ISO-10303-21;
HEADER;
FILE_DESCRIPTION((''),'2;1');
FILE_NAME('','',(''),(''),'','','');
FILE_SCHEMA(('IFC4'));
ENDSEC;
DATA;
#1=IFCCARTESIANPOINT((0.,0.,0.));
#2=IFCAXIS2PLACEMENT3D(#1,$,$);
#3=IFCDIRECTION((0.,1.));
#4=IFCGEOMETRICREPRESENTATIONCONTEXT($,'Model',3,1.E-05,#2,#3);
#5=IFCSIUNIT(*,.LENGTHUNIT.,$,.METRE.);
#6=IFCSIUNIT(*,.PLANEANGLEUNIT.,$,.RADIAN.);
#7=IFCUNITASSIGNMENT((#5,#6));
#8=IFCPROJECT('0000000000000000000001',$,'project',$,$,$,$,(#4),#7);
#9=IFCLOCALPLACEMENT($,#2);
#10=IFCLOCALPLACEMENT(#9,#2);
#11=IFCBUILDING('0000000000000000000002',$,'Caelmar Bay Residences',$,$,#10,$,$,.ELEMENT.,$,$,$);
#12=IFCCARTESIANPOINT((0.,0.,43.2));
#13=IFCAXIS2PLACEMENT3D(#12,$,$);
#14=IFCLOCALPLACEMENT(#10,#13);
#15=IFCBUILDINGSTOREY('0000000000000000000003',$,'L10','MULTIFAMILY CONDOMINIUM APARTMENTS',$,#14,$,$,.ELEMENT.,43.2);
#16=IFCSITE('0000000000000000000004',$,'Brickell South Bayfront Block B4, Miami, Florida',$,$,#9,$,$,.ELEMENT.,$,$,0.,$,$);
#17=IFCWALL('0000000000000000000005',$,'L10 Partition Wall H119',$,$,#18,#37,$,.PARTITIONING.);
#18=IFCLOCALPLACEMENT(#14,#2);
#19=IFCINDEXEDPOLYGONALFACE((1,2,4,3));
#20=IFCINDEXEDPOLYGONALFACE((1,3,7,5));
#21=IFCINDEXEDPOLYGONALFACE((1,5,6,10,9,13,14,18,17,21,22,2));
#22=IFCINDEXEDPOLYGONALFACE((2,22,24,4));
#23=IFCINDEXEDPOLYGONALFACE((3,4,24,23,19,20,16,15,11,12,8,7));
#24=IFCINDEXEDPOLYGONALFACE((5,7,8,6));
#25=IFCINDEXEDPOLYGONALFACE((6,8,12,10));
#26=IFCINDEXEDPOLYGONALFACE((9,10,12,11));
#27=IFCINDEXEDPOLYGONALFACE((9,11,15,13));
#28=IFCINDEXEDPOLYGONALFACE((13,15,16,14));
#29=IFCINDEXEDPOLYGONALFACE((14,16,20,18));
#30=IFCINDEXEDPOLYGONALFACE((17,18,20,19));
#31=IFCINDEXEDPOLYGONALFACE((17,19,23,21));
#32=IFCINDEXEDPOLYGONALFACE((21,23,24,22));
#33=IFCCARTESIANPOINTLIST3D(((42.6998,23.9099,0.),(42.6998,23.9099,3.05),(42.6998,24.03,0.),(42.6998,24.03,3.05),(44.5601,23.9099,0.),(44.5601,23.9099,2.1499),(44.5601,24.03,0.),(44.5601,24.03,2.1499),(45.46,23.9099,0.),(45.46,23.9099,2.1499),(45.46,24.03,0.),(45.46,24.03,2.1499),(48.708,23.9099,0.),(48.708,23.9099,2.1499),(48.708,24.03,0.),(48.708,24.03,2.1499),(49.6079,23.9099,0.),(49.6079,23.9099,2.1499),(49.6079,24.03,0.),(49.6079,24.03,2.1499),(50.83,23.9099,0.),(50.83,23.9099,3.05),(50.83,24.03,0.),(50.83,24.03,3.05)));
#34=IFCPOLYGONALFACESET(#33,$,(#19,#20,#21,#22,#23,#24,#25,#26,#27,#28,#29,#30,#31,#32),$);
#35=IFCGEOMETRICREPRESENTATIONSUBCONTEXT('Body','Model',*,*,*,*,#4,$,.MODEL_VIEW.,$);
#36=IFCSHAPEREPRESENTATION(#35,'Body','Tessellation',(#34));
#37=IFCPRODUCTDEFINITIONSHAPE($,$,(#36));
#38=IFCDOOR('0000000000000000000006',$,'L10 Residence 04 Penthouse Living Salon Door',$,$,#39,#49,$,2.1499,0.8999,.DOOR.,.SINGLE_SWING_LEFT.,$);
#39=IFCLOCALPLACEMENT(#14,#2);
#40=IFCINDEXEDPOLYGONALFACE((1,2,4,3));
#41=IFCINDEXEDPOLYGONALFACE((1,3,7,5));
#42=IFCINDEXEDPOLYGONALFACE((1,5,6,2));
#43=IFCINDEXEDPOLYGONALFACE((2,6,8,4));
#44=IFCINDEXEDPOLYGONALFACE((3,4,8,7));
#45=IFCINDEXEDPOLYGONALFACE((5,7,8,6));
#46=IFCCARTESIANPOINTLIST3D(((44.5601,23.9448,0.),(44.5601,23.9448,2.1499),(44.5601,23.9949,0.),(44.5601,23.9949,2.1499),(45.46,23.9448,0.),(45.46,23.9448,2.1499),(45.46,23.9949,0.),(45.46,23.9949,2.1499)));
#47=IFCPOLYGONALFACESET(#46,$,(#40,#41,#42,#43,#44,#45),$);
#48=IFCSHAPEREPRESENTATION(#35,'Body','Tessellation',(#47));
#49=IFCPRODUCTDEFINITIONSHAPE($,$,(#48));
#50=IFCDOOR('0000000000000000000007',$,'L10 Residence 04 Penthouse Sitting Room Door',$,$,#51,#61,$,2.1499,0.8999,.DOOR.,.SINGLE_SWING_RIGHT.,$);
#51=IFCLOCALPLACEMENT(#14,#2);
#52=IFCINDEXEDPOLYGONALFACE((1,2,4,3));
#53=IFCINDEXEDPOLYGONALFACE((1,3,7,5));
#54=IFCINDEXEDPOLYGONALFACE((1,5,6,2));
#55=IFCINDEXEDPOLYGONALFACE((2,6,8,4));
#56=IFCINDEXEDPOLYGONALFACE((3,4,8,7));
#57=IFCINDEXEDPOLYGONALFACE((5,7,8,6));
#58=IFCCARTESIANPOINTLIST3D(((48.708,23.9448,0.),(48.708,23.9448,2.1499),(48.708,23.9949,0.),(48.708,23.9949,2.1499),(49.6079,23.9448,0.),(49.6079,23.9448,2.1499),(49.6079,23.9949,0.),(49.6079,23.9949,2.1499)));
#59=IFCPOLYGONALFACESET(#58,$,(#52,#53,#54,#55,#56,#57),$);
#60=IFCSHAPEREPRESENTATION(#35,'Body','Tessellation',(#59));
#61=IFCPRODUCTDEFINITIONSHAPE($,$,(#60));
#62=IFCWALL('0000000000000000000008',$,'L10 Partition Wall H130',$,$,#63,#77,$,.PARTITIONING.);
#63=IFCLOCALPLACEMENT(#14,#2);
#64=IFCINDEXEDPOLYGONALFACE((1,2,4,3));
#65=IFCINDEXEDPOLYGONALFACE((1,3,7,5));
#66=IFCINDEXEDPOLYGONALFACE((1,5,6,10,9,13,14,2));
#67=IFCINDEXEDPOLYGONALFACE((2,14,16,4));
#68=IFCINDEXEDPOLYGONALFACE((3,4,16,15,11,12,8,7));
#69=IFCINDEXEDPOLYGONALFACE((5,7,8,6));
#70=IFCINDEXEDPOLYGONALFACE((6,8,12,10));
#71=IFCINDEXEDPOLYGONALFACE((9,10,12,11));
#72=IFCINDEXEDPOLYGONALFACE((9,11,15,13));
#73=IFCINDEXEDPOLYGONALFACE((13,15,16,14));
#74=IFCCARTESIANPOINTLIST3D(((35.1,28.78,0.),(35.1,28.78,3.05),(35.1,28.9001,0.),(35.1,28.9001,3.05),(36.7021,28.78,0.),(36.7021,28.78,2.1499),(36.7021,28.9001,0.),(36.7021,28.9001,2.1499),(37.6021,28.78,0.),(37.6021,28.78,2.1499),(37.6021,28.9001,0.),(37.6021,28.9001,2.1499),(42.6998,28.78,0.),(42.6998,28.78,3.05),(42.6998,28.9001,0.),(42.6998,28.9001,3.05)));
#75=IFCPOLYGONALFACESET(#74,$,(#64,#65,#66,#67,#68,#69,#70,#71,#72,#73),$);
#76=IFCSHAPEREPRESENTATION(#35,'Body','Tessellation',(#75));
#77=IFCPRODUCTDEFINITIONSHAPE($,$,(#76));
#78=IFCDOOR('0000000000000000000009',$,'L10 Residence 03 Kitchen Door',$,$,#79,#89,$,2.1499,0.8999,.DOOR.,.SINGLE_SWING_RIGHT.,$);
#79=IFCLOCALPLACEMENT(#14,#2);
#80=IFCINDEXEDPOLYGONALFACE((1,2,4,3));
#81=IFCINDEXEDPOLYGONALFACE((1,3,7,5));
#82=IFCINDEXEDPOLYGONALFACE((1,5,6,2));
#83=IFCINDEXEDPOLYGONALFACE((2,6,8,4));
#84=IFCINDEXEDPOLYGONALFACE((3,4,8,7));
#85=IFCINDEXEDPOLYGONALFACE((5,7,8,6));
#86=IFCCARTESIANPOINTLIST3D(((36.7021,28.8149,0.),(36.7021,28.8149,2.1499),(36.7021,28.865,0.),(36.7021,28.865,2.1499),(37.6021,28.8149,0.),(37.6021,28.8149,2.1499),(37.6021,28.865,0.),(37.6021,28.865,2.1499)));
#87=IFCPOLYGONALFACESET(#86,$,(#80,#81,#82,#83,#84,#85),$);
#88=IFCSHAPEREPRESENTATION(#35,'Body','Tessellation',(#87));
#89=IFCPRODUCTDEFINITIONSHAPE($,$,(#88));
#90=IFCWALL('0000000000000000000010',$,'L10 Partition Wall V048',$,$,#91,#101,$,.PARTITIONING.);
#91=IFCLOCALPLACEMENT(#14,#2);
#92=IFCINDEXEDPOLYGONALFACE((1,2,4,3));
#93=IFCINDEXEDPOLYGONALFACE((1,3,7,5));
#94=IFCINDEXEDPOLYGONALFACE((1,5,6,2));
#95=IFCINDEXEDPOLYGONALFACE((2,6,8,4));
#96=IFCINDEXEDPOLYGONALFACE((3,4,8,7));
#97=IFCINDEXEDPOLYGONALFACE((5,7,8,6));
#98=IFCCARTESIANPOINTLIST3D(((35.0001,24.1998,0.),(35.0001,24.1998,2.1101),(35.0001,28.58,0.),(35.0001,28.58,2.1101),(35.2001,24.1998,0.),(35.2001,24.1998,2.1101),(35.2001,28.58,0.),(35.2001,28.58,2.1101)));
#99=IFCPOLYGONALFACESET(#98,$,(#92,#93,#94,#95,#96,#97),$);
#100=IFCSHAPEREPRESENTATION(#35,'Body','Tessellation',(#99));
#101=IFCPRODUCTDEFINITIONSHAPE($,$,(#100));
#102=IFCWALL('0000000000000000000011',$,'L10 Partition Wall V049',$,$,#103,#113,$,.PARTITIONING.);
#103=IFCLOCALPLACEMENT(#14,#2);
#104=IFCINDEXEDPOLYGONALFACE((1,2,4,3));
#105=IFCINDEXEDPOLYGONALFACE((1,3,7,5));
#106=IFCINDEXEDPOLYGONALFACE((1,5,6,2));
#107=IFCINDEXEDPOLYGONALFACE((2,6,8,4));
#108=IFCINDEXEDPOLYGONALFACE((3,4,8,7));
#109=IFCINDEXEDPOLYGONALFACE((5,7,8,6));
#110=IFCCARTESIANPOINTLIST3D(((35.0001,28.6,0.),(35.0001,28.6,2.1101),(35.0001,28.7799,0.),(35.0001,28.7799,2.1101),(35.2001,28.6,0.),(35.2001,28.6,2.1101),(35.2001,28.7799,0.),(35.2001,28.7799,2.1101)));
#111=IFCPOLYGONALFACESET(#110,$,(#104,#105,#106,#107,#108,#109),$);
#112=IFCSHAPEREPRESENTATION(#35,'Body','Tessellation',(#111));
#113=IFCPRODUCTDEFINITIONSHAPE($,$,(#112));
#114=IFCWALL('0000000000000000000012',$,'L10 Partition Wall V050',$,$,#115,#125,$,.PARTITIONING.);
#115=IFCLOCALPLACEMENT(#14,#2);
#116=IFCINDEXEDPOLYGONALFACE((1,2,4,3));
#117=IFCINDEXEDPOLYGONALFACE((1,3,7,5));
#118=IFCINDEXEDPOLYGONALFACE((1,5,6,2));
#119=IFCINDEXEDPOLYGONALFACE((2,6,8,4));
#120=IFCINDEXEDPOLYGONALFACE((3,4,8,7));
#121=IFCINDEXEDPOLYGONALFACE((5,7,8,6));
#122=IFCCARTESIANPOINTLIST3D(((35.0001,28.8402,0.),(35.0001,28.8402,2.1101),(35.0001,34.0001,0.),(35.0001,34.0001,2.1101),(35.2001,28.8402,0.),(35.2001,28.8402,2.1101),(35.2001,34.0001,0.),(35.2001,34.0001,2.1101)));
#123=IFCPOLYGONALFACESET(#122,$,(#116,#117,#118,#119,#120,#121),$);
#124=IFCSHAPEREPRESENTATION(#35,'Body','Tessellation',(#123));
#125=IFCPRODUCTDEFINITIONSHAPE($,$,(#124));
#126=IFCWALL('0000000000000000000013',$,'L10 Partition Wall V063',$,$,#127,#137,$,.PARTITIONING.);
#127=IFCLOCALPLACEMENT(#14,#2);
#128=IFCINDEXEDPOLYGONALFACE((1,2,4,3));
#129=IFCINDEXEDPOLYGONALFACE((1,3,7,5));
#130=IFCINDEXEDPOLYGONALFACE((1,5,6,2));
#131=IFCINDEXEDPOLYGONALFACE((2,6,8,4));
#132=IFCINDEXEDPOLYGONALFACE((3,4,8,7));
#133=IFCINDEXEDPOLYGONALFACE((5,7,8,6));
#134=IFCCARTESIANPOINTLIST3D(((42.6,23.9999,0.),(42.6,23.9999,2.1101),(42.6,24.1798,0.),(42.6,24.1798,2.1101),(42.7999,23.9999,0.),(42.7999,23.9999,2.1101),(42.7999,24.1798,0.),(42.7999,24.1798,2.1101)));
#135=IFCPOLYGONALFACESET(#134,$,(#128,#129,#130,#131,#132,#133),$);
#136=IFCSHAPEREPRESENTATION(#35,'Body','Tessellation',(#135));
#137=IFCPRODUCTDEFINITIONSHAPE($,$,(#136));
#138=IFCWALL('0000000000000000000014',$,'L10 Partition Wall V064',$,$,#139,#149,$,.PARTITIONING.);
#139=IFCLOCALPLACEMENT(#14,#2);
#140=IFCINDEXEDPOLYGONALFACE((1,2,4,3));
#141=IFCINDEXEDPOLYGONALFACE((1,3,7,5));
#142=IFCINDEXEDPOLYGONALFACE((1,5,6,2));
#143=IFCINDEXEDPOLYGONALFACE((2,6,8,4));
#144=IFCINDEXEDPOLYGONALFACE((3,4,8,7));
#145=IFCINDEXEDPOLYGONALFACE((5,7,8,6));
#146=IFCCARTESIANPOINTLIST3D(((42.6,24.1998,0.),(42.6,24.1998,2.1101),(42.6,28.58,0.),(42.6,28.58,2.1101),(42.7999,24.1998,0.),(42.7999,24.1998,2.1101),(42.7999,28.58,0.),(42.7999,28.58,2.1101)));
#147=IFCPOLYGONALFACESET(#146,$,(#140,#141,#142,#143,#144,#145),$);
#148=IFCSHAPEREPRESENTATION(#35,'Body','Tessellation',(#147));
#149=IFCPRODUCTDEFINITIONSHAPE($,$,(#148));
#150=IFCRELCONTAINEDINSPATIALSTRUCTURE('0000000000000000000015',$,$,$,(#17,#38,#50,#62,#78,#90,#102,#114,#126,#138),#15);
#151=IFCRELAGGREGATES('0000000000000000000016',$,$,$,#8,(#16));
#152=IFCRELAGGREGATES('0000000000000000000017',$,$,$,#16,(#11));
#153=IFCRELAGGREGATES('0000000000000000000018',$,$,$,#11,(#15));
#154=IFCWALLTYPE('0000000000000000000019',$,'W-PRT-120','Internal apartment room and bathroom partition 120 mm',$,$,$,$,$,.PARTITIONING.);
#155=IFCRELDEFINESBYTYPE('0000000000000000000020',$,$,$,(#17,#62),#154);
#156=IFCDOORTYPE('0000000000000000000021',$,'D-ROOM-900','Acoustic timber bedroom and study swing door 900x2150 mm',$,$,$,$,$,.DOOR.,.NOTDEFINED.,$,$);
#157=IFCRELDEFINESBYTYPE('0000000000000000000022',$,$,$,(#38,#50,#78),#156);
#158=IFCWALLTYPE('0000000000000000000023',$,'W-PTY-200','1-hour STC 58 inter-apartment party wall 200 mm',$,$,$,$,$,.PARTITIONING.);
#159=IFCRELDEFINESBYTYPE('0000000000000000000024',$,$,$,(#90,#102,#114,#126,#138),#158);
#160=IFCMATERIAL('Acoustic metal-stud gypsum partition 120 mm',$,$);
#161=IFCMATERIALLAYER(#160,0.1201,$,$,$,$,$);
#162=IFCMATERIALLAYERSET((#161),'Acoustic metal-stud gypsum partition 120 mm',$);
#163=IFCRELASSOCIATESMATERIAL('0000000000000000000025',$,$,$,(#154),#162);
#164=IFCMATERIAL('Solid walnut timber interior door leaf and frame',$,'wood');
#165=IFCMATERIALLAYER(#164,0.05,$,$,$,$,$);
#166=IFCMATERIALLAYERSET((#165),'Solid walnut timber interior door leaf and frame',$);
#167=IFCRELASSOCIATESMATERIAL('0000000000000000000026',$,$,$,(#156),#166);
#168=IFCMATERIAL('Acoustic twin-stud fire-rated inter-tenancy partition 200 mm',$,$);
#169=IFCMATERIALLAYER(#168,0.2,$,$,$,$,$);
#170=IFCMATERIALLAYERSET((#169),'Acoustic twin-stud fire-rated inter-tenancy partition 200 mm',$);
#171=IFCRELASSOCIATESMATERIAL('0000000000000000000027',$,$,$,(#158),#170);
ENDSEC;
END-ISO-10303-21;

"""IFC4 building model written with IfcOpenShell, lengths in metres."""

from ifc_helpers import new_model, si_unit, direction, frame, frame_2d, origin, place, context, subcontext, project, spatial, rectangle, extrude, material, layer, layer_set, type_object, element, fill, save


model = new_model("IFC4")

# Units and contexts
model_context = context("Model", 3, precision=1e-05, world=origin(), true_north=direction((0.0, 1.0)))
body_context = subcontext(model_context, "Body", "Model", "MODEL_VIEW")
ifc_project = project(units=[si_unit("LENGTHUNIT", "METRE"), si_unit("PLANEANGLEUNIT", "RADIAN")], contexts=[model_context])

# Site, building, storey
site_placement = place(None, origin())
site = spatial("IfcSite", under=ifc_project, at=site_placement, Name="Brickell South Bayfront Block B4, Miami, Florida", CompositionType="ELEMENT", RefElevation=0.0)
building_placement = place(site_placement, origin())
building = spatial("IfcBuilding", under=site, at=building_placement, Name="Caelmar Bay Residences", CompositionType="ELEMENT")
storey_placement = place(building_placement, frame((0.0, 0.0, 43.2)))
storey = spatial("IfcBuildingStorey", under=building, at=storey_placement, Name="L10", Description="MULTIFAMILY CONDOMINIUM APARTMENTS", CompositionType="ELEMENT", Elevation=43.2)

# Shared definitions
ifc_material_1 = material(Name="Acoustic metal-stud gypsum partition 120 mm")
ifc_layer_1 = layer(ifc_material_1, 0.1201)
ifc_layer_set_1 = layer_set([ifc_layer_1], Name="Acoustic metal-stud gypsum partition 120 mm")
wall_type_1 = type_object("IfcWallType", Name="W-PRT-120", Description="Internal apartment room and bathroom partition 120 mm", PredefinedType="PARTITIONING", material=ifc_layer_set_1)

# Shared definitions
ifc_material_2 = material(Name="Solid walnut timber interior door leaf and frame", Category="wood")
ifc_layer_2 = layer(ifc_material_2, 0.05)
ifc_layer_set_2 = layer_set([ifc_layer_2], Name="Solid walnut timber interior door leaf and frame")
door_type_1 = type_object("IfcDoorType", Name="D-ROOM-900", Description="Acoustic timber bedroom and study swing door 900x2150 mm", OperationType="NOTDEFINED", PredefinedType="DOOR", material=ifc_layer_set_2)

# Wall, openings, doors
wall_1_placement = place(storey_placement, frame((42.7, 23.97, 0.0), z_axis=(0.0, 0.0, 1.0), x_axis=(1.0, 0.0, 0.0)))
wall_1 = element("IfcWall", 1, at=wall_1_placement, inside=storey, type_object=wall_type_1, Name="L10 Partition Wall H119", PredefinedType="PARTITIONING", context=body_context, shape_type="SweptSolid", body=[
    extrude(rectangle(XDim=8.1301, YDim=0.1201, at=frame_2d((4.0649, 0.0))), origin(), (0.0, 0.0, 1.0), 3.05),
])
opening_1_placement = place(wall_1_placement, frame((1.8601, 0.0, 0.0)))
opening_1 = element("IfcOpeningElement", 2, at=opening_1_placement, cuts=wall_1, PredefinedType="OPENING", context=body_context, shape_type="SweptSolid", body=[
    extrude(rectangle(XDim=0.8999, YDim=2.1499, at=frame_2d((0.45, 1.075))), frame((0.0, 0.0701, 0.0), z_axis=(0.0, -1.0, 0.0), x_axis=(1.0, 0.0, 0.0)), (0.0, 0.0, 1.0), 0.1401),
])
opening_2_placement = place(wall_1_placement, frame((6.0081, 0.0, 0.0)))
opening_2 = element("IfcOpeningElement", 3, at=opening_2_placement, cuts=wall_1, PredefinedType="OPENING", context=body_context, shape_type="SweptSolid", body=[
    extrude(rectangle(XDim=0.8999, YDim=2.1499, at=frame_2d((0.45, 1.075))), frame((0.0, 0.0701, 0.0), z_axis=(0.0, -1.0, 0.0), x_axis=(1.0, 0.0, 0.0)), (0.0, 0.0, 1.0), 0.1401),
])
door_1_placement = place(opening_1_placement, origin())
door_1 = element("IfcDoor", 4, at=door_1_placement, inside=storey, type_object=door_type_1, Name="L10 Residence 04 Penthouse Living Salon Door", OperationType="SINGLE_SWING_LEFT", OverallHeight=2.1499, OverallWidth=0.8999, PredefinedType="DOOR", context=body_context, shape_type="SweptSolid", body=[
    extrude(rectangle(XDim=0.8999, YDim=2.1499, at=frame_2d((0.45, 1.075))), frame((0.0, 0.0249, 0.0), z_axis=(0.0, -1.0, 0.0), x_axis=(1.0, 0.0, 0.0)), (0.0, 0.0, 1.0), 0.05),
])
fill(opening_1, door_1)
door_2_placement = place(opening_2_placement, origin())
door_2 = element("IfcDoor", 5, at=door_2_placement, inside=storey, type_object=door_type_1, Name="L10 Residence 04 Penthouse Sitting Room Door", OperationType="SINGLE_SWING_RIGHT", OverallHeight=2.1499, OverallWidth=0.8999, PredefinedType="DOOR", context=body_context, shape_type="SweptSolid", body=[
    extrude(rectangle(XDim=0.8999, YDim=2.1499, at=frame_2d((0.45, 1.075))), frame((0.0, 0.0249, 0.0), z_axis=(0.0, -1.0, 0.0), x_axis=(1.0, 0.0, 0.0)), (0.0, 0.0, 1.0), 0.05),
])
fill(opening_2, door_2)

# Wall, opening, door
wall_2_placement = place(storey_placement, frame((35.1001, 28.8401, 0.0), z_axis=(0.0, 0.0, 1.0), x_axis=(1.0, 0.0, 0.0)))
wall_2 = element("IfcWall", 6, at=wall_2_placement, inside=storey, type_object=wall_type_1, Name="L10 Partition Wall H130", PredefinedType="PARTITIONING", context=body_context, shape_type="SweptSolid", body=[
    extrude(rectangle(XDim=7.5999, YDim=0.1201, at=frame_2d((3.7998, 0.0))), origin(), (0.0, 0.0, 1.0), 3.05),
])
opening_3_placement = place(wall_2_placement, frame((1.6021, 0.0, 0.0)))
opening_3 = element("IfcOpeningElement", 7, at=opening_3_placement, cuts=wall_2, PredefinedType="OPENING", context=body_context, shape_type="SweptSolid", body=[
    extrude(rectangle(XDim=0.8999, YDim=2.1499, at=frame_2d((0.45, 1.075))), frame((0.0, 0.0701, 0.0), z_axis=(0.0, -1.0, 0.0), x_axis=(1.0, 0.0, 0.0)), (0.0, 0.0, 1.0), 0.1401),
])
door_3_placement = place(opening_3_placement, origin())
door_3 = element("IfcDoor", 8, at=door_3_placement, inside=storey, type_object=door_type_1, Name="L10 Residence 03 Kitchen Door", OperationType="SINGLE_SWING_RIGHT", OverallHeight=2.1499, OverallWidth=0.8999, PredefinedType="DOOR", context=body_context, shape_type="SweptSolid", body=[
    extrude(rectangle(XDim=0.8999, YDim=2.1499, at=frame_2d((0.45, 1.075))), frame((0.0, 0.0249, 0.0), z_axis=(0.0, -1.0, 0.0), x_axis=(1.0, 0.0, 0.0)), (0.0, 0.0, 1.0), 0.05),
])
fill(opening_3, door_3)

# Walls
ifc_material_3 = material(Name="Acoustic twin-stud fire-rated inter-tenancy partition 200 mm")
ifc_layer_3 = layer(ifc_material_3, 0.2)
ifc_layer_set_3 = layer_set([ifc_layer_3], Name="Acoustic twin-stud fire-rated inter-tenancy partition 200 mm")
wall_type_2 = type_object("IfcWallType", Name="W-PTY-200", Description="1-hour STC 58 inter-apartment party wall 200 mm", PredefinedType="PARTITIONING", material=ifc_layer_set_3)
wall_3_placement = place(storey_placement, frame((35.1001, 24.2, 0.0), z_axis=(0.0, 0.0, 1.0), x_axis=(0.0, 1.0, 0.0)))
element("IfcWall", 9, at=wall_3_placement, inside=storey, type_object=wall_type_2, Name="L10 Partition Wall V048", PredefinedType="PARTITIONING", context=body_context, shape_type="SweptSolid", body=[
    extrude(rectangle(XDim=4.3801, YDim=0.2, at=frame_2d((2.1899, 0.0))), origin(), (0.0, 0.0, 1.0), 2.1101),
])
wall_4_placement = place(storey_placement, frame((35.1001, 28.6001, 0.0), z_axis=(0.0, 0.0, 1.0), x_axis=(0.0, 1.0, 0.0)))
element("IfcWall", 10, at=wall_4_placement, inside=storey, type_object=wall_type_2, Name="L10 Partition Wall V049", PredefinedType="PARTITIONING", context=body_context, shape_type="SweptSolid", body=[
    extrude(rectangle(XDim=0.1799, YDim=0.2, at=frame_2d((0.0898, 0.0))), origin(), (0.0, 0.0, 1.0), 2.1101),
])
wall_5_placement = place(storey_placement, frame((35.1001, 28.8401, 0.0), z_axis=(0.0, 0.0, 1.0), x_axis=(0.0, 1.0, 0.0)))
element("IfcWall", 11, at=wall_5_placement, inside=storey, type_object=wall_type_2, Name="L10 Partition Wall V050", PredefinedType="PARTITIONING", context=body_context, shape_type="SweptSolid", body=[
    extrude(rectangle(XDim=5.1599, YDim=0.2, at=frame_2d((2.5801, 0.0))), origin(), (0.0, 0.0, 1.0), 2.1101),
])
wall_6_placement = place(storey_placement, frame((42.7, 24.0, 0.0), z_axis=(0.0, 0.0, 1.0), x_axis=(0.0, 1.0, 0.0)))
element("IfcWall", 12, at=wall_6_placement, inside=storey, type_object=wall_type_2, Name="L10 Partition Wall V063", PredefinedType="PARTITIONING", context=body_context, shape_type="SweptSolid", body=[
    extrude(rectangle(XDim=0.1799, YDim=0.2, at=frame_2d((0.0898, 0.0))), origin(), (0.0, 0.0, 1.0), 2.1101),
])
wall_7_placement = place(storey_placement, frame((42.7, 24.2, 0.0), z_axis=(0.0, 0.0, 1.0), x_axis=(0.0, 1.0, 0.0)))
element("IfcWall", 13, at=wall_7_placement, inside=storey, type_object=wall_type_2, Name="L10 Partition Wall V064", PredefinedType="PARTITIONING", context=body_context, shape_type="SweptSolid", body=[
    extrude(rectangle(XDim=4.3801, YDim=0.2, at=frame_2d((2.1899, 0.0))), origin(), (0.0, 0.0, 1.0), 2.1101),
])

save(model, "model.ifc")
